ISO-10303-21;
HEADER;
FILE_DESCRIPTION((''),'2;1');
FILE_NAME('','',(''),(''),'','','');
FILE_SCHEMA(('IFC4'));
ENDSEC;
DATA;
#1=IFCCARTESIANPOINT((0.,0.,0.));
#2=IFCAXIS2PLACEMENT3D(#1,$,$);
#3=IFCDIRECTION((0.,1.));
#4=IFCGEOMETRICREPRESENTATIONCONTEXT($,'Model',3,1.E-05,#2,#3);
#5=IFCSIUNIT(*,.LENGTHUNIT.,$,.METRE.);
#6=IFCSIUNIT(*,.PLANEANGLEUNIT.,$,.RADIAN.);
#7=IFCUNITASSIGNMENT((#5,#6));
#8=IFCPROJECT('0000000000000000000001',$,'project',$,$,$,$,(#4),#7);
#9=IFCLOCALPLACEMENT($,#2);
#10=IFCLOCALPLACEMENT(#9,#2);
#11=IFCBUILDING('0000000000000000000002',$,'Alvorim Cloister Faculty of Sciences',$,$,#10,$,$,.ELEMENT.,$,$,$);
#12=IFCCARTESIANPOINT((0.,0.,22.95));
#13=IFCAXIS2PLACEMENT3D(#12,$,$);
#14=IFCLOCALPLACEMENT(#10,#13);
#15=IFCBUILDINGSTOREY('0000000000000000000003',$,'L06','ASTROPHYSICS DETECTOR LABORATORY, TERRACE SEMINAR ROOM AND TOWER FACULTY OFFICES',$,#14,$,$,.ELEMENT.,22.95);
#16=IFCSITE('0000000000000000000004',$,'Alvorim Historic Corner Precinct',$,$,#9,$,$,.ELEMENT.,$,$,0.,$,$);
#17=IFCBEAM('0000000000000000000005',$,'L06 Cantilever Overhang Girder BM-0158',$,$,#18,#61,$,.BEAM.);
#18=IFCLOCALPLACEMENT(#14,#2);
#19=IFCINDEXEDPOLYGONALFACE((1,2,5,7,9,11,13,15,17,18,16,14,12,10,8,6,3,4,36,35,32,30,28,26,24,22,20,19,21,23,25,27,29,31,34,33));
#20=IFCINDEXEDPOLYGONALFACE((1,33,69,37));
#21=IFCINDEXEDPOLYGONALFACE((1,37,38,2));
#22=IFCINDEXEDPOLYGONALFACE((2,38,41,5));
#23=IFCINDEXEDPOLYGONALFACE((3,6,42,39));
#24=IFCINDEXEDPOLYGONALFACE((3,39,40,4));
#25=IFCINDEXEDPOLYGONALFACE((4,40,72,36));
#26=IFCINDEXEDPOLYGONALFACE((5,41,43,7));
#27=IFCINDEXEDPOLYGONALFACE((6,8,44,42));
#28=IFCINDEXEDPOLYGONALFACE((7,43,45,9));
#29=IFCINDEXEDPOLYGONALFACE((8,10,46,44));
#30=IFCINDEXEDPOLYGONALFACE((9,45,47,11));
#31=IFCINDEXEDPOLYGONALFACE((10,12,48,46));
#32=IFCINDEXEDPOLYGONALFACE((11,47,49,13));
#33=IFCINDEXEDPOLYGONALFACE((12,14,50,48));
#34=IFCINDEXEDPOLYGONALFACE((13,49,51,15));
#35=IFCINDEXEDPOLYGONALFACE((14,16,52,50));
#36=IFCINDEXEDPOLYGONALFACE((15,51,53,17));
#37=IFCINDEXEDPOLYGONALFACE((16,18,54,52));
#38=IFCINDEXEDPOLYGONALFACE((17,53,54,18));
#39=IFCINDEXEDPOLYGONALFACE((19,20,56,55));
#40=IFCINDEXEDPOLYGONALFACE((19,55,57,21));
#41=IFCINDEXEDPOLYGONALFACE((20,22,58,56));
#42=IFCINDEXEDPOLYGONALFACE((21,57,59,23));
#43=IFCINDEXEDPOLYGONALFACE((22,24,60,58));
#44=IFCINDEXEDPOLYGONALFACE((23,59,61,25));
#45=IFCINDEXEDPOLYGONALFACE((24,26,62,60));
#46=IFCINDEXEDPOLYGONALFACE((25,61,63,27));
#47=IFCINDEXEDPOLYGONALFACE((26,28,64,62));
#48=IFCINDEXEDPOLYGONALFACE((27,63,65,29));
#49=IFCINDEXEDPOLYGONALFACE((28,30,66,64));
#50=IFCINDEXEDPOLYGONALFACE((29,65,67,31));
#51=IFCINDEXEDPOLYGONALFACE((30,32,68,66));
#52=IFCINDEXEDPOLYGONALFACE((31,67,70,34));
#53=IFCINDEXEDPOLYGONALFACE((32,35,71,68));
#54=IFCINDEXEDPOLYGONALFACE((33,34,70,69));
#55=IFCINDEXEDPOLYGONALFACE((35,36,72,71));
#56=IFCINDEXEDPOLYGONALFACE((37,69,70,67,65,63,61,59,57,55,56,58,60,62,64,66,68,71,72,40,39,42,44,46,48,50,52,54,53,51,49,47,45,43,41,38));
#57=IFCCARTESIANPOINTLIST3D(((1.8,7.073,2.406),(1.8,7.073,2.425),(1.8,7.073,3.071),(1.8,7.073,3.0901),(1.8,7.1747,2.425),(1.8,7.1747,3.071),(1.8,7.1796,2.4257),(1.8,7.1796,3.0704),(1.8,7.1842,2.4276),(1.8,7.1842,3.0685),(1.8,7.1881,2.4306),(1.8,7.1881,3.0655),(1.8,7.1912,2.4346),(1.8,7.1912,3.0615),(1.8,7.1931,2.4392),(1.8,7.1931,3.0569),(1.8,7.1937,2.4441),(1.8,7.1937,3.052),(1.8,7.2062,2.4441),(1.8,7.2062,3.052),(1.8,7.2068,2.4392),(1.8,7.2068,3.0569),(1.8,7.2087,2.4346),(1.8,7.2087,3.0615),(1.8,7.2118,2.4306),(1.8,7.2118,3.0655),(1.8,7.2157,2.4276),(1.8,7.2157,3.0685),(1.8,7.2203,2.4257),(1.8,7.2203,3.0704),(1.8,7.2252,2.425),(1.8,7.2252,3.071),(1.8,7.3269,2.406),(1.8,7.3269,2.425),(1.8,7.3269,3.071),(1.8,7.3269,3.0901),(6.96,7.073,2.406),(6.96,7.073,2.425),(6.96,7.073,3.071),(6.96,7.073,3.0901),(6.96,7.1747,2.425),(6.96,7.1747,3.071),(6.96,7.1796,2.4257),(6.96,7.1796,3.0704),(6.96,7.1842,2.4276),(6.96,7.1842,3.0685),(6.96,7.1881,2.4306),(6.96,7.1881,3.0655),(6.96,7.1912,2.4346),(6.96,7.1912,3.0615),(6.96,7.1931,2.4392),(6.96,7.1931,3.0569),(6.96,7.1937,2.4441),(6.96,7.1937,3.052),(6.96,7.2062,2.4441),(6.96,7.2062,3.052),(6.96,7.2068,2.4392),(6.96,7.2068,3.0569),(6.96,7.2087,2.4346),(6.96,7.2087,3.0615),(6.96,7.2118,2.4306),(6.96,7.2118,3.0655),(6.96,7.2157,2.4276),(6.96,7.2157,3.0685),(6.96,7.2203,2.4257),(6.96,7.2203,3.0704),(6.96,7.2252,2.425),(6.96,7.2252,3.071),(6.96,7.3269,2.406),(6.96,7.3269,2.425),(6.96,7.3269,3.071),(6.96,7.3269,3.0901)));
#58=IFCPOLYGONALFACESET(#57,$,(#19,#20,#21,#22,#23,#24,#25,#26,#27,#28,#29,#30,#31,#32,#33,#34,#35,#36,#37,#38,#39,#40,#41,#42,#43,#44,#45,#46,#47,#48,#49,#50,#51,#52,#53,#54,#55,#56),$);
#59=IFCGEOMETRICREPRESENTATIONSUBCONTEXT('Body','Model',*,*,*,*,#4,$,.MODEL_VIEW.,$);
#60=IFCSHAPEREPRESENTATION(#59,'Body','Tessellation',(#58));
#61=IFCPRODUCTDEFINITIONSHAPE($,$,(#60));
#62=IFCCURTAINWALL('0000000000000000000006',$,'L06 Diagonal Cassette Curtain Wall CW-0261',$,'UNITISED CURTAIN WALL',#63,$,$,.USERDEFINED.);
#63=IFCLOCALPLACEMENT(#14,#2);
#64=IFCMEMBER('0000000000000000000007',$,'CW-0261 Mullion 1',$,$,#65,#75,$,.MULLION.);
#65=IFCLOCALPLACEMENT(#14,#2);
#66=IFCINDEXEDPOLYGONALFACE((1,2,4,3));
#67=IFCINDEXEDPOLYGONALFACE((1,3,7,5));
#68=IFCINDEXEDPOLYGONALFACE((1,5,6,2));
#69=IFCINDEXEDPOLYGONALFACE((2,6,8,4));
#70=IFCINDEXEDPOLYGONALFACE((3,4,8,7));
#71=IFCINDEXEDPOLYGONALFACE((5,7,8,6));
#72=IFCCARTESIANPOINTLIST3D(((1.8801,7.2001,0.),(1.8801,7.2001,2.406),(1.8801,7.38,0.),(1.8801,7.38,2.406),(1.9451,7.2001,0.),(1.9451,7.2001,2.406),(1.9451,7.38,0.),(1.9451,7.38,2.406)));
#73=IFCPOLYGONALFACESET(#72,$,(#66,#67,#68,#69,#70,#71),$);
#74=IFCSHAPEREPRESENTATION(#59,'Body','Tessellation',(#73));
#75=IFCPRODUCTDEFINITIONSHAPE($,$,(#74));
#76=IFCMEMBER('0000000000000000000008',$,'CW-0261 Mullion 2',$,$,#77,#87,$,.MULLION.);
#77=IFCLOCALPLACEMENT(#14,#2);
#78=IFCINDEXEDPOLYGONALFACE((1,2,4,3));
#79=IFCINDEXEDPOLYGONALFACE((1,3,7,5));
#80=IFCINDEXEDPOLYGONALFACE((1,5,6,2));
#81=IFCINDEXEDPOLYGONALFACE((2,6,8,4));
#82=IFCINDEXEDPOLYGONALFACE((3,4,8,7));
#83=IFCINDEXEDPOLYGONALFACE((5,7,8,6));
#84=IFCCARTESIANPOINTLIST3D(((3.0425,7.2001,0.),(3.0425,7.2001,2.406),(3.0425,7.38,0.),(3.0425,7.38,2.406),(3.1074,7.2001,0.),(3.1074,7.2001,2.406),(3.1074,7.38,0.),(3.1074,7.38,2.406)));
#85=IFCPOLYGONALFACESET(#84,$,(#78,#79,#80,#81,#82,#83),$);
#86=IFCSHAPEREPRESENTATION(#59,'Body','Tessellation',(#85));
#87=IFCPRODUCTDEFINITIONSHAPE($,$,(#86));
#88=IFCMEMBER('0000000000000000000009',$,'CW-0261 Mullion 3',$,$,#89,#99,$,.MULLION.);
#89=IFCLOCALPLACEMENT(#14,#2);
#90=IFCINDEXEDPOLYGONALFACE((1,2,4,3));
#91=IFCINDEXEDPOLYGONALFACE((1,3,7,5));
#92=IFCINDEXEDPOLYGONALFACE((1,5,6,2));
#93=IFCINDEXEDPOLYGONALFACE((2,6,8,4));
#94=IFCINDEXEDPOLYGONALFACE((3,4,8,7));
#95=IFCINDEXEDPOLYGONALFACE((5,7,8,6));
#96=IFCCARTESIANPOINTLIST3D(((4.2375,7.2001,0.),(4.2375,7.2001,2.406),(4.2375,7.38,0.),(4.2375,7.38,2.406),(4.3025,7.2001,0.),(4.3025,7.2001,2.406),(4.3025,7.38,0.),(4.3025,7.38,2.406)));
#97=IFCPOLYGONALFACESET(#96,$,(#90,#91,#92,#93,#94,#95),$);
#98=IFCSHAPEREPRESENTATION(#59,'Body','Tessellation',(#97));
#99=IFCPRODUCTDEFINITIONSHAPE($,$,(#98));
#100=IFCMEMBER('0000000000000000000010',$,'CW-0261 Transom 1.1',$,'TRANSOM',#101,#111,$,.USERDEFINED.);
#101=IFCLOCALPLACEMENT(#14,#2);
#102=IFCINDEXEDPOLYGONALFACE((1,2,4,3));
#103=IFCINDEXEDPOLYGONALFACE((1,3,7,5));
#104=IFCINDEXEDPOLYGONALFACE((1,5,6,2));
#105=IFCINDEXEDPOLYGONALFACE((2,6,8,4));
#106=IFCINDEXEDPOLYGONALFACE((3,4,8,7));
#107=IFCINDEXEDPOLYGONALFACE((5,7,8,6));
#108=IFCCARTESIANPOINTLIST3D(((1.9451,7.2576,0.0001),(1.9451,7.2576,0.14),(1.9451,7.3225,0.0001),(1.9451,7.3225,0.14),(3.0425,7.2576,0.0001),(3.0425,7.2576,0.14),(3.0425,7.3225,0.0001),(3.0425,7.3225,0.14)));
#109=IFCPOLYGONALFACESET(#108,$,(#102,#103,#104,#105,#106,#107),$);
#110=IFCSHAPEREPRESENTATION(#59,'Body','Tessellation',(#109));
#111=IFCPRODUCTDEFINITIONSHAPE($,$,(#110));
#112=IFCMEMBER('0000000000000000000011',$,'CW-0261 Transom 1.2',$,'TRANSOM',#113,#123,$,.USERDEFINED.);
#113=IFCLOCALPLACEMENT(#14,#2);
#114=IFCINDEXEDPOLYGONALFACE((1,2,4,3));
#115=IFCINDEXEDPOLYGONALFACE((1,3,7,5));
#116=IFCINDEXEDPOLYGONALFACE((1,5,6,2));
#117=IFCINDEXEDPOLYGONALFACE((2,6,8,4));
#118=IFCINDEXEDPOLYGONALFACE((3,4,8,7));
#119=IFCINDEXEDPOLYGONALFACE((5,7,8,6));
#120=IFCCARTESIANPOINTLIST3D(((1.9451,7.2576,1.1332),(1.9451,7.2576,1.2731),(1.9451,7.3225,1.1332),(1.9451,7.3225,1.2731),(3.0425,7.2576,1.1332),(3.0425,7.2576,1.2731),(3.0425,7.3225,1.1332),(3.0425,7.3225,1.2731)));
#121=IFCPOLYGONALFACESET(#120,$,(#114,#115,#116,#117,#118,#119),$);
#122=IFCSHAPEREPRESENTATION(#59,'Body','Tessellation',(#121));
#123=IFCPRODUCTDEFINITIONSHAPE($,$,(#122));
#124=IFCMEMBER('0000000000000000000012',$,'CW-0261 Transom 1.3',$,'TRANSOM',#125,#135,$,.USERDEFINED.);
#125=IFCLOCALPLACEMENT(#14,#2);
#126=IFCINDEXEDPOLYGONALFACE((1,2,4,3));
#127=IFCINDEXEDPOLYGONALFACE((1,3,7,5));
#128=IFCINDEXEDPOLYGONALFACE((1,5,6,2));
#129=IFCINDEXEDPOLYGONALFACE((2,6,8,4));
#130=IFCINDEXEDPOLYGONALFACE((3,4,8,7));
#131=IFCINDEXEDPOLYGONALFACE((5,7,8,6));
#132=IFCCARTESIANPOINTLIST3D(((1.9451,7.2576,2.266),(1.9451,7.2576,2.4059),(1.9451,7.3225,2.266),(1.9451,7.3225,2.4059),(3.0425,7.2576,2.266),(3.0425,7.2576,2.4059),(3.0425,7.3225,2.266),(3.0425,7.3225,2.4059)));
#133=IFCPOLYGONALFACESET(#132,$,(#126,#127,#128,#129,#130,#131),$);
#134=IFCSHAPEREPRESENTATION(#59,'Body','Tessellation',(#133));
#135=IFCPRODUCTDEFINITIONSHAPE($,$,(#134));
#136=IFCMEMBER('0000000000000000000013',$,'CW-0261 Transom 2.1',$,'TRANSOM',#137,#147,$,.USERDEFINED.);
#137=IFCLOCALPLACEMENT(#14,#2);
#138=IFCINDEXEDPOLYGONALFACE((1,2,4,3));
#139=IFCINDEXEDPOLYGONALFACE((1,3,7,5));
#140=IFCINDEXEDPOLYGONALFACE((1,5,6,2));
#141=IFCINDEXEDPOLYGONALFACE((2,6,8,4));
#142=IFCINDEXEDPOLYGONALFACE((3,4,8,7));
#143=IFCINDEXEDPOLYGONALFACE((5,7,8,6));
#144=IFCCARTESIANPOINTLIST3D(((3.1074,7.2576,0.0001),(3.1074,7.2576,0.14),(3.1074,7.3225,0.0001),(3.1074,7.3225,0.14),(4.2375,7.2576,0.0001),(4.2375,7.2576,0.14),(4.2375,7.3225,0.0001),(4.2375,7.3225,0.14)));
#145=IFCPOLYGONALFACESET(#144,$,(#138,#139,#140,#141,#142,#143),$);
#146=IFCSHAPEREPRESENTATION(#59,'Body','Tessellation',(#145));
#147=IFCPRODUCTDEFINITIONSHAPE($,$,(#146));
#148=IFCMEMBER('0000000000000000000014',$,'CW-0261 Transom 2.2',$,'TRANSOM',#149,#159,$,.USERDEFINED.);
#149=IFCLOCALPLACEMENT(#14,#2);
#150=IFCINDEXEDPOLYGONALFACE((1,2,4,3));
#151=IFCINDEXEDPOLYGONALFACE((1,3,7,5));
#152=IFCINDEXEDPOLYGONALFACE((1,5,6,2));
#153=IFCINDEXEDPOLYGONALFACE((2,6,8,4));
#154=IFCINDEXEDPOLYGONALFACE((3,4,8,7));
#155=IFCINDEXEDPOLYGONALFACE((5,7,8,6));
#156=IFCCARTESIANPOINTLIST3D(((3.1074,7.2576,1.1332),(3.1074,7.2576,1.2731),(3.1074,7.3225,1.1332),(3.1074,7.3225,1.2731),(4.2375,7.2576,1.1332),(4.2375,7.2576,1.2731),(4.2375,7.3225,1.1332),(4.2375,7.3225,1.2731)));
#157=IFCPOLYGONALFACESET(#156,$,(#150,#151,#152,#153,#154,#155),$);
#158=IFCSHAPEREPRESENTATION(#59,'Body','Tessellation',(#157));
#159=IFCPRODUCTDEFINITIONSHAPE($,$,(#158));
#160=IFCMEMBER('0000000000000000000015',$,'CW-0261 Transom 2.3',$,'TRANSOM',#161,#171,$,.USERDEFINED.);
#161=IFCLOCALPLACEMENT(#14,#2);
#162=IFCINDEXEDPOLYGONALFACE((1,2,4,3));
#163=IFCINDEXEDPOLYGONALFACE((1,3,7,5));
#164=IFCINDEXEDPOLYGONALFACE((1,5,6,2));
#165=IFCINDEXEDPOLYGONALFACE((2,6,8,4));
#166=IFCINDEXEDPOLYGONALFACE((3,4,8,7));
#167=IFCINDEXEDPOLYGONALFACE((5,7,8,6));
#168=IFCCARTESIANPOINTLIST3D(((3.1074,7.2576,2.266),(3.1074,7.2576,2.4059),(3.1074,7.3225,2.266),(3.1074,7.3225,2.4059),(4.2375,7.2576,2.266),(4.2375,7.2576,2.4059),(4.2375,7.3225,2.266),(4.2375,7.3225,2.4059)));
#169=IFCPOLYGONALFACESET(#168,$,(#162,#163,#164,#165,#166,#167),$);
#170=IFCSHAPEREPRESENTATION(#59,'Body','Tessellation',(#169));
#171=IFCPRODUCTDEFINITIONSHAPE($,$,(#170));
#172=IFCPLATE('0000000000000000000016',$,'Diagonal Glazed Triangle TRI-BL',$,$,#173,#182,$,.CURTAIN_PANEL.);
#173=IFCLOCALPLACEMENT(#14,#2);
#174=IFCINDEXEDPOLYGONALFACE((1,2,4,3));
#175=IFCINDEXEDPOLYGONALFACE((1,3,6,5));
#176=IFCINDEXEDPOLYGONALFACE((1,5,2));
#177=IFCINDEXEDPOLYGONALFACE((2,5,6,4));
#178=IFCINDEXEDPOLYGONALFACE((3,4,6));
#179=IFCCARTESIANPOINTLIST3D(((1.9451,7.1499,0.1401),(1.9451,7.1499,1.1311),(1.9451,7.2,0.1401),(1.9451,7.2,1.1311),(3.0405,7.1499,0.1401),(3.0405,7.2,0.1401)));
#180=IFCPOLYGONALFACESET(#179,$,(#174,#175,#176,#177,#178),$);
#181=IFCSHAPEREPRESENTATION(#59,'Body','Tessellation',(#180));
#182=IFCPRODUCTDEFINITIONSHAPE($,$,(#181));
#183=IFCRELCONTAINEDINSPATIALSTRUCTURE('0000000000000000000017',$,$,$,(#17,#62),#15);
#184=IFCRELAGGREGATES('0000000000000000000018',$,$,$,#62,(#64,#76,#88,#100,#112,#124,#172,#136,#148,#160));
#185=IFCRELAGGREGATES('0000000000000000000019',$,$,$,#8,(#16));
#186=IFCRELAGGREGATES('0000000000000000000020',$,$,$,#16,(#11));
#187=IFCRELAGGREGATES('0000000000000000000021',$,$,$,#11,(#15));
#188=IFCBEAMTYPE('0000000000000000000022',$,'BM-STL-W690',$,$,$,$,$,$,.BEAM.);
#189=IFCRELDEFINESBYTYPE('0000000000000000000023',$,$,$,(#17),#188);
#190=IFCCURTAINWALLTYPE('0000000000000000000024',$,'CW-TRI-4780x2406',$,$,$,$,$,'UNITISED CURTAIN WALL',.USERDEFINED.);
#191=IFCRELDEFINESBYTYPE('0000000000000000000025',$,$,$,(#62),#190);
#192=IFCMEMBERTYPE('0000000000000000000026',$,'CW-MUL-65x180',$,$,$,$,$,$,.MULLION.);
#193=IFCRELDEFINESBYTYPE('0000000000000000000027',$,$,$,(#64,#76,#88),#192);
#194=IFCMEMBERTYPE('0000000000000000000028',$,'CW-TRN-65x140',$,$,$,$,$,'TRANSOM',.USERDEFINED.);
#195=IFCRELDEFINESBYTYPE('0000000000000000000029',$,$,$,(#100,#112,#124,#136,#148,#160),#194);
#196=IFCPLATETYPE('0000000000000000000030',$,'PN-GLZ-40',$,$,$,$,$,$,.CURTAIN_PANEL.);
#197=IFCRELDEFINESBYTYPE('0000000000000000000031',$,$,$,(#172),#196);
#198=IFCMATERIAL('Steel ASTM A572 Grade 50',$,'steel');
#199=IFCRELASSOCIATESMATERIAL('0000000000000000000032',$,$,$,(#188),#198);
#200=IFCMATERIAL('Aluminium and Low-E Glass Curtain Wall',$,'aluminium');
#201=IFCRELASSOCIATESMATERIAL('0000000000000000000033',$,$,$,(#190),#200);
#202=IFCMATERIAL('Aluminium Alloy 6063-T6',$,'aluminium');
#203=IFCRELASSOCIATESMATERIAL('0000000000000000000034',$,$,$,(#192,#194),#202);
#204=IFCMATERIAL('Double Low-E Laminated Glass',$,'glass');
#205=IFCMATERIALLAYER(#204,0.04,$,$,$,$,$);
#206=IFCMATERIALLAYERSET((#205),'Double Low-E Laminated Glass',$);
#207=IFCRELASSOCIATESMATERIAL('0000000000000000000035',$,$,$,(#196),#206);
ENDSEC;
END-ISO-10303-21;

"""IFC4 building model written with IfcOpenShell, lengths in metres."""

from ifc_helpers import new_model, si_unit, direction, frame, origin, origin_2d, place, context, subcontext, project, spatial, polyline, rectangle, i_section, outline, extrude, material, layer, layer_set, material_profile, profile_set, type_object, element, aggregate, save


model = new_model("IFC4")

# Units and contexts
model_context = context("Model", 3, precision=1e-05, world=origin(), true_north=direction((0.0, 1.0)))
body_context = subcontext(model_context, "Body", "Model", "MODEL_VIEW")
ifc_project = project(units=[si_unit("LENGTHUNIT", "METRE"), si_unit("PLANEANGLEUNIT", "RADIAN")], contexts=[model_context])

# Site, building, storey
site_placement = place(None, origin())
site = spatial("IfcSite", under=ifc_project, at=site_placement, Name="Alvorim Historic Corner Precinct", CompositionType="ELEMENT", RefElevation=0.0)
building_placement = place(site_placement, origin())
building = spatial("IfcBuilding", under=site, at=building_placement, Name="Alvorim Cloister Faculty of Sciences", CompositionType="ELEMENT")
storey_placement = place(building_placement, frame((0.0, 0.0, 22.95)))
storey = spatial("IfcBuildingStorey", under=building, at=storey_placement, Name="L06", Description="ASTROPHYSICS DETECTOR LABORATORY, TERRACE SEMINAR ROOM AND TOWER FACULTY OFFICES", CompositionType="ELEMENT", Elevation=22.95)

# Beam
ifc_material_1 = material(Name="Steel ASTM A572 Grade 50", Category="steel")
ifc_material_profile_1 = material_profile(ifc_material_1, i_section(OverallWidth=0.2539, OverallDepth=0.6841, WebThickness=0.0125, FlangeThickness=0.019, FilletRadius=0.019, at=origin_2d()), Name="W690x140.0")
ifc_profile_set_1 = profile_set([ifc_material_profile_1], Name="Steel ASTM A572 Grade 50")
beam_type = type_object("IfcBeamType", Name="BM-STL-W690", PredefinedType="BEAM", material=ifc_profile_set_1)
beam_placement = place(storey_placement, frame((1.8, 7.2, 2.748), z_axis=(1.0, 0.0, 0.0), x_axis=(0.0, 1.0, 0.0)))
element("IfcBeam", 1, at=beam_placement, inside=storey, type_object=beam_type, Name="L06 Cantilever Overhang Girder BM-0158", PredefinedType="BEAM", context=body_context, shape_type="SweptSolid", body=[
    extrude(i_section(OverallWidth=0.2539, OverallDepth=0.6841, WebThickness=0.0125, FlangeThickness=0.019, FilletRadius=0.019, at=origin_2d()), origin(), (0.0, 0.0, 1.0), 5.1599),
])

# Curtain wall, members, plate
ifc_material_2 = material(Name="Aluminium and Low-E Glass Curtain Wall", Category="aluminium")
curtain_wall_type = type_object("IfcCurtainWallType", Name="CW-TRI-4780x2406", ElementType="UNITISED CURTAIN WALL", PredefinedType="USERDEFINED", material=ifc_material_2)
curtain_wall_placement = place(storey_placement, origin())
curtain_wall = element("IfcCurtainWall", 2, at=curtain_wall_placement, inside=storey, type_object=curtain_wall_type, Name="L06 Diagonal Cassette Curtain Wall CW-0261", ObjectType="UNITISED CURTAIN WALL", PredefinedType="USERDEFINED")
ifc_material_3 = material(Name="Aluminium Alloy 6063-T6", Category="aluminium")
ifc_material_profile_2 = material_profile(ifc_material_3, rectangle(XDim=0.0649, YDim=0.1799, at=origin_2d()), Name="ALU-MUL-65x180")
ifc_profile_set_2 = profile_set([ifc_material_profile_2], Name="Aluminium Alloy 6063-T6")
member_type_1 = type_object("IfcMemberType", Name="CW-MUL-65x180", PredefinedType="MULLION", material=ifc_profile_set_2)
member_1_placement = place(storey_placement, frame((1.9126, 7.29, 0.0), z_axis=(0.0, 0.0, 1.0), x_axis=(1.0, 0.0, 0.0)))
member_1 = element("IfcMember", 3, at=member_1_placement, type_object=member_type_1, Name="CW-0261 Mullion 1", PredefinedType="MULLION", context=body_context, shape_type="SweptSolid", body=[
    extrude(rectangle(XDim=0.0649, YDim=0.1799, at=origin_2d()), origin(), (0.0, 0.0, 1.0), 2.406),
])
member_2_placement = place(storey_placement, frame((3.075, 7.29, 0.0), z_axis=(0.0, 0.0, 1.0), x_axis=(1.0, 0.0, 0.0)))
member_2 = element("IfcMember", 4, at=member_2_placement, type_object=member_type_1, Name="CW-0261 Mullion 2", PredefinedType="MULLION", context=body_context, shape_type="SweptSolid", body=[
    extrude(rectangle(XDim=0.0649, YDim=0.1799, at=origin_2d()), origin(), (0.0, 0.0, 1.0), 2.406),
])
member_3_placement = place(storey_placement, frame((4.27, 7.29, 0.0), z_axis=(0.0, 0.0, 1.0), x_axis=(1.0, 0.0, 0.0)))
member_3 = element("IfcMember", 5, at=member_3_placement, type_object=member_type_1, Name="CW-0261 Mullion 3", PredefinedType="MULLION", context=body_context, shape_type="SweptSolid", body=[
    extrude(rectangle(XDim=0.0649, YDim=0.1799, at=origin_2d()), origin(), (0.0, 0.0, 1.0), 2.406),
])
ifc_material_profile_3 = material_profile(ifc_material_3, rectangle(XDim=0.0649, YDim=0.1399, at=origin_2d()), Name="ALU-TRN-65x140")
ifc_profile_set_3 = profile_set([ifc_material_profile_3], Name="Aluminium Alloy 6063-T6")
member_type_2 = type_object("IfcMemberType", Name="CW-TRN-65x140", ElementType="TRANSOM", PredefinedType="USERDEFINED", material=ifc_profile_set_3)
member_4_placement = place(storey_placement, frame((1.9451, 7.29, 0.0701), z_axis=(1.0, 0.0, 0.0), x_axis=(0.0, 1.0, 0.0)))
member_4 = element("IfcMember", 6, at=member_4_placement, type_object=member_type_2, Name="CW-0261 Transom 1.1", ObjectType="TRANSOM", PredefinedType="USERDEFINED", context=body_context, shape_type="SweptSolid", body=[
    extrude(rectangle(XDim=0.0649, YDim=0.1399, at=origin_2d()), origin(), (0.0, 0.0, 1.0), 1.0974),
])
member_5_placement = place(storey_placement, frame((1.9451, 7.29, 1.2031), z_axis=(1.0, 0.0, 0.0), x_axis=(0.0, 1.0, 0.0)))
member_5 = element("IfcMember", 7, at=member_5_placement, type_object=member_type_2, Name="CW-0261 Transom 1.2", ObjectType="TRANSOM", PredefinedType="USERDEFINED", context=body_context, shape_type="SweptSolid", body=[
    extrude(rectangle(XDim=0.0649, YDim=0.1399, at=origin_2d()), origin(), (0.0, 0.0, 1.0), 1.0974),
])
member_6_placement = place(storey_placement, frame((1.9451, 7.29, 2.3359), z_axis=(1.0, 0.0, 0.0), x_axis=(0.0, 1.0, 0.0)))
member_6 = element("IfcMember", 8, at=member_6_placement, type_object=member_type_2, Name="CW-0261 Transom 1.3", ObjectType="TRANSOM", PredefinedType="USERDEFINED", context=body_context, shape_type="SweptSolid", body=[
    extrude(rectangle(XDim=0.0649, YDim=0.1399, at=origin_2d()), origin(), (0.0, 0.0, 1.0), 1.0974),
])
member_7_placement = place(storey_placement, frame((3.1074, 7.29, 0.0701), z_axis=(1.0, 0.0, 0.0), x_axis=(0.0, 1.0, 0.0)))
member_7 = element("IfcMember", 9, at=member_7_placement, type_object=member_type_2, Name="CW-0261 Transom 2.1", ObjectType="TRANSOM", PredefinedType="USERDEFINED", context=body_context, shape_type="SweptSolid", body=[
    extrude(rectangle(XDim=0.0649, YDim=0.1399, at=origin_2d()), origin(), (0.0, 0.0, 1.0), 1.1301),
])
member_8_placement = place(storey_placement, frame((3.1074, 7.29, 1.2031), z_axis=(1.0, 0.0, 0.0), x_axis=(0.0, 1.0, 0.0)))
member_8 = element("IfcMember", 10, at=member_8_placement, type_object=member_type_2, Name="CW-0261 Transom 2.2", ObjectType="TRANSOM", PredefinedType="USERDEFINED", context=body_context, shape_type="SweptSolid", body=[
    extrude(rectangle(XDim=0.0649, YDim=0.1399, at=origin_2d()), origin(), (0.0, 0.0, 1.0), 1.1301),
])
member_9_placement = place(storey_placement, frame((3.1074, 7.29, 2.3359), z_axis=(1.0, 0.0, 0.0), x_axis=(0.0, 1.0, 0.0)))
member_9 = element("IfcMember", 11, at=member_9_placement, type_object=member_type_2, Name="CW-0261 Transom 2.3", ObjectType="TRANSOM", PredefinedType="USERDEFINED", context=body_context, shape_type="SweptSolid", body=[
    extrude(rectangle(XDim=0.0649, YDim=0.1399, at=origin_2d()), origin(), (0.0, 0.0, 1.0), 1.1301),
])
ifc_material_4 = material(Name="Double Low-E Laminated Glass", Category="glass")
ifc_layer_1 = layer(ifc_material_4, 0.04)
ifc_layer_set_1 = layer_set([ifc_layer_1], Name="Double Low-E Laminated Glass")
plate_type = type_object("IfcPlateType", Name="PN-GLZ-40", PredefinedType="CURTAIN_PANEL", material=ifc_layer_set_1)
plate_1_placement = place(storey_placement, frame((1.9451, 7.175, 0.1401), z_axis=(0.0, 0.0, 1.0), x_axis=(1.0, 0.0, 0.0)))
plate_1 = element("IfcPlate", 12, at=plate_1_placement, type_object=plate_type, Name="Diagonal Glazed Triangle TRI-BL", PredefinedType="CURTAIN_PANEL", context=body_context, shape_type="SweptSolid", body=[
    extrude(outline(polyline([(0.0, 0.0), (1.0955, 0.0), (0.0, 0.991), (0.0, 0.0)])), frame((0.0, 0.0249, 0.0), z_axis=(0.0, -1.0, 0.0), x_axis=(1.0, 0.0, 0.0)), (0.0, 0.0, 1.0), 0.05),
])
aggregate(curtain_wall, [member_1, member_2, member_3, member_4, member_5, member_6, plate_1, member_7, member_8, member_9])

save(model, "model.ifc")
